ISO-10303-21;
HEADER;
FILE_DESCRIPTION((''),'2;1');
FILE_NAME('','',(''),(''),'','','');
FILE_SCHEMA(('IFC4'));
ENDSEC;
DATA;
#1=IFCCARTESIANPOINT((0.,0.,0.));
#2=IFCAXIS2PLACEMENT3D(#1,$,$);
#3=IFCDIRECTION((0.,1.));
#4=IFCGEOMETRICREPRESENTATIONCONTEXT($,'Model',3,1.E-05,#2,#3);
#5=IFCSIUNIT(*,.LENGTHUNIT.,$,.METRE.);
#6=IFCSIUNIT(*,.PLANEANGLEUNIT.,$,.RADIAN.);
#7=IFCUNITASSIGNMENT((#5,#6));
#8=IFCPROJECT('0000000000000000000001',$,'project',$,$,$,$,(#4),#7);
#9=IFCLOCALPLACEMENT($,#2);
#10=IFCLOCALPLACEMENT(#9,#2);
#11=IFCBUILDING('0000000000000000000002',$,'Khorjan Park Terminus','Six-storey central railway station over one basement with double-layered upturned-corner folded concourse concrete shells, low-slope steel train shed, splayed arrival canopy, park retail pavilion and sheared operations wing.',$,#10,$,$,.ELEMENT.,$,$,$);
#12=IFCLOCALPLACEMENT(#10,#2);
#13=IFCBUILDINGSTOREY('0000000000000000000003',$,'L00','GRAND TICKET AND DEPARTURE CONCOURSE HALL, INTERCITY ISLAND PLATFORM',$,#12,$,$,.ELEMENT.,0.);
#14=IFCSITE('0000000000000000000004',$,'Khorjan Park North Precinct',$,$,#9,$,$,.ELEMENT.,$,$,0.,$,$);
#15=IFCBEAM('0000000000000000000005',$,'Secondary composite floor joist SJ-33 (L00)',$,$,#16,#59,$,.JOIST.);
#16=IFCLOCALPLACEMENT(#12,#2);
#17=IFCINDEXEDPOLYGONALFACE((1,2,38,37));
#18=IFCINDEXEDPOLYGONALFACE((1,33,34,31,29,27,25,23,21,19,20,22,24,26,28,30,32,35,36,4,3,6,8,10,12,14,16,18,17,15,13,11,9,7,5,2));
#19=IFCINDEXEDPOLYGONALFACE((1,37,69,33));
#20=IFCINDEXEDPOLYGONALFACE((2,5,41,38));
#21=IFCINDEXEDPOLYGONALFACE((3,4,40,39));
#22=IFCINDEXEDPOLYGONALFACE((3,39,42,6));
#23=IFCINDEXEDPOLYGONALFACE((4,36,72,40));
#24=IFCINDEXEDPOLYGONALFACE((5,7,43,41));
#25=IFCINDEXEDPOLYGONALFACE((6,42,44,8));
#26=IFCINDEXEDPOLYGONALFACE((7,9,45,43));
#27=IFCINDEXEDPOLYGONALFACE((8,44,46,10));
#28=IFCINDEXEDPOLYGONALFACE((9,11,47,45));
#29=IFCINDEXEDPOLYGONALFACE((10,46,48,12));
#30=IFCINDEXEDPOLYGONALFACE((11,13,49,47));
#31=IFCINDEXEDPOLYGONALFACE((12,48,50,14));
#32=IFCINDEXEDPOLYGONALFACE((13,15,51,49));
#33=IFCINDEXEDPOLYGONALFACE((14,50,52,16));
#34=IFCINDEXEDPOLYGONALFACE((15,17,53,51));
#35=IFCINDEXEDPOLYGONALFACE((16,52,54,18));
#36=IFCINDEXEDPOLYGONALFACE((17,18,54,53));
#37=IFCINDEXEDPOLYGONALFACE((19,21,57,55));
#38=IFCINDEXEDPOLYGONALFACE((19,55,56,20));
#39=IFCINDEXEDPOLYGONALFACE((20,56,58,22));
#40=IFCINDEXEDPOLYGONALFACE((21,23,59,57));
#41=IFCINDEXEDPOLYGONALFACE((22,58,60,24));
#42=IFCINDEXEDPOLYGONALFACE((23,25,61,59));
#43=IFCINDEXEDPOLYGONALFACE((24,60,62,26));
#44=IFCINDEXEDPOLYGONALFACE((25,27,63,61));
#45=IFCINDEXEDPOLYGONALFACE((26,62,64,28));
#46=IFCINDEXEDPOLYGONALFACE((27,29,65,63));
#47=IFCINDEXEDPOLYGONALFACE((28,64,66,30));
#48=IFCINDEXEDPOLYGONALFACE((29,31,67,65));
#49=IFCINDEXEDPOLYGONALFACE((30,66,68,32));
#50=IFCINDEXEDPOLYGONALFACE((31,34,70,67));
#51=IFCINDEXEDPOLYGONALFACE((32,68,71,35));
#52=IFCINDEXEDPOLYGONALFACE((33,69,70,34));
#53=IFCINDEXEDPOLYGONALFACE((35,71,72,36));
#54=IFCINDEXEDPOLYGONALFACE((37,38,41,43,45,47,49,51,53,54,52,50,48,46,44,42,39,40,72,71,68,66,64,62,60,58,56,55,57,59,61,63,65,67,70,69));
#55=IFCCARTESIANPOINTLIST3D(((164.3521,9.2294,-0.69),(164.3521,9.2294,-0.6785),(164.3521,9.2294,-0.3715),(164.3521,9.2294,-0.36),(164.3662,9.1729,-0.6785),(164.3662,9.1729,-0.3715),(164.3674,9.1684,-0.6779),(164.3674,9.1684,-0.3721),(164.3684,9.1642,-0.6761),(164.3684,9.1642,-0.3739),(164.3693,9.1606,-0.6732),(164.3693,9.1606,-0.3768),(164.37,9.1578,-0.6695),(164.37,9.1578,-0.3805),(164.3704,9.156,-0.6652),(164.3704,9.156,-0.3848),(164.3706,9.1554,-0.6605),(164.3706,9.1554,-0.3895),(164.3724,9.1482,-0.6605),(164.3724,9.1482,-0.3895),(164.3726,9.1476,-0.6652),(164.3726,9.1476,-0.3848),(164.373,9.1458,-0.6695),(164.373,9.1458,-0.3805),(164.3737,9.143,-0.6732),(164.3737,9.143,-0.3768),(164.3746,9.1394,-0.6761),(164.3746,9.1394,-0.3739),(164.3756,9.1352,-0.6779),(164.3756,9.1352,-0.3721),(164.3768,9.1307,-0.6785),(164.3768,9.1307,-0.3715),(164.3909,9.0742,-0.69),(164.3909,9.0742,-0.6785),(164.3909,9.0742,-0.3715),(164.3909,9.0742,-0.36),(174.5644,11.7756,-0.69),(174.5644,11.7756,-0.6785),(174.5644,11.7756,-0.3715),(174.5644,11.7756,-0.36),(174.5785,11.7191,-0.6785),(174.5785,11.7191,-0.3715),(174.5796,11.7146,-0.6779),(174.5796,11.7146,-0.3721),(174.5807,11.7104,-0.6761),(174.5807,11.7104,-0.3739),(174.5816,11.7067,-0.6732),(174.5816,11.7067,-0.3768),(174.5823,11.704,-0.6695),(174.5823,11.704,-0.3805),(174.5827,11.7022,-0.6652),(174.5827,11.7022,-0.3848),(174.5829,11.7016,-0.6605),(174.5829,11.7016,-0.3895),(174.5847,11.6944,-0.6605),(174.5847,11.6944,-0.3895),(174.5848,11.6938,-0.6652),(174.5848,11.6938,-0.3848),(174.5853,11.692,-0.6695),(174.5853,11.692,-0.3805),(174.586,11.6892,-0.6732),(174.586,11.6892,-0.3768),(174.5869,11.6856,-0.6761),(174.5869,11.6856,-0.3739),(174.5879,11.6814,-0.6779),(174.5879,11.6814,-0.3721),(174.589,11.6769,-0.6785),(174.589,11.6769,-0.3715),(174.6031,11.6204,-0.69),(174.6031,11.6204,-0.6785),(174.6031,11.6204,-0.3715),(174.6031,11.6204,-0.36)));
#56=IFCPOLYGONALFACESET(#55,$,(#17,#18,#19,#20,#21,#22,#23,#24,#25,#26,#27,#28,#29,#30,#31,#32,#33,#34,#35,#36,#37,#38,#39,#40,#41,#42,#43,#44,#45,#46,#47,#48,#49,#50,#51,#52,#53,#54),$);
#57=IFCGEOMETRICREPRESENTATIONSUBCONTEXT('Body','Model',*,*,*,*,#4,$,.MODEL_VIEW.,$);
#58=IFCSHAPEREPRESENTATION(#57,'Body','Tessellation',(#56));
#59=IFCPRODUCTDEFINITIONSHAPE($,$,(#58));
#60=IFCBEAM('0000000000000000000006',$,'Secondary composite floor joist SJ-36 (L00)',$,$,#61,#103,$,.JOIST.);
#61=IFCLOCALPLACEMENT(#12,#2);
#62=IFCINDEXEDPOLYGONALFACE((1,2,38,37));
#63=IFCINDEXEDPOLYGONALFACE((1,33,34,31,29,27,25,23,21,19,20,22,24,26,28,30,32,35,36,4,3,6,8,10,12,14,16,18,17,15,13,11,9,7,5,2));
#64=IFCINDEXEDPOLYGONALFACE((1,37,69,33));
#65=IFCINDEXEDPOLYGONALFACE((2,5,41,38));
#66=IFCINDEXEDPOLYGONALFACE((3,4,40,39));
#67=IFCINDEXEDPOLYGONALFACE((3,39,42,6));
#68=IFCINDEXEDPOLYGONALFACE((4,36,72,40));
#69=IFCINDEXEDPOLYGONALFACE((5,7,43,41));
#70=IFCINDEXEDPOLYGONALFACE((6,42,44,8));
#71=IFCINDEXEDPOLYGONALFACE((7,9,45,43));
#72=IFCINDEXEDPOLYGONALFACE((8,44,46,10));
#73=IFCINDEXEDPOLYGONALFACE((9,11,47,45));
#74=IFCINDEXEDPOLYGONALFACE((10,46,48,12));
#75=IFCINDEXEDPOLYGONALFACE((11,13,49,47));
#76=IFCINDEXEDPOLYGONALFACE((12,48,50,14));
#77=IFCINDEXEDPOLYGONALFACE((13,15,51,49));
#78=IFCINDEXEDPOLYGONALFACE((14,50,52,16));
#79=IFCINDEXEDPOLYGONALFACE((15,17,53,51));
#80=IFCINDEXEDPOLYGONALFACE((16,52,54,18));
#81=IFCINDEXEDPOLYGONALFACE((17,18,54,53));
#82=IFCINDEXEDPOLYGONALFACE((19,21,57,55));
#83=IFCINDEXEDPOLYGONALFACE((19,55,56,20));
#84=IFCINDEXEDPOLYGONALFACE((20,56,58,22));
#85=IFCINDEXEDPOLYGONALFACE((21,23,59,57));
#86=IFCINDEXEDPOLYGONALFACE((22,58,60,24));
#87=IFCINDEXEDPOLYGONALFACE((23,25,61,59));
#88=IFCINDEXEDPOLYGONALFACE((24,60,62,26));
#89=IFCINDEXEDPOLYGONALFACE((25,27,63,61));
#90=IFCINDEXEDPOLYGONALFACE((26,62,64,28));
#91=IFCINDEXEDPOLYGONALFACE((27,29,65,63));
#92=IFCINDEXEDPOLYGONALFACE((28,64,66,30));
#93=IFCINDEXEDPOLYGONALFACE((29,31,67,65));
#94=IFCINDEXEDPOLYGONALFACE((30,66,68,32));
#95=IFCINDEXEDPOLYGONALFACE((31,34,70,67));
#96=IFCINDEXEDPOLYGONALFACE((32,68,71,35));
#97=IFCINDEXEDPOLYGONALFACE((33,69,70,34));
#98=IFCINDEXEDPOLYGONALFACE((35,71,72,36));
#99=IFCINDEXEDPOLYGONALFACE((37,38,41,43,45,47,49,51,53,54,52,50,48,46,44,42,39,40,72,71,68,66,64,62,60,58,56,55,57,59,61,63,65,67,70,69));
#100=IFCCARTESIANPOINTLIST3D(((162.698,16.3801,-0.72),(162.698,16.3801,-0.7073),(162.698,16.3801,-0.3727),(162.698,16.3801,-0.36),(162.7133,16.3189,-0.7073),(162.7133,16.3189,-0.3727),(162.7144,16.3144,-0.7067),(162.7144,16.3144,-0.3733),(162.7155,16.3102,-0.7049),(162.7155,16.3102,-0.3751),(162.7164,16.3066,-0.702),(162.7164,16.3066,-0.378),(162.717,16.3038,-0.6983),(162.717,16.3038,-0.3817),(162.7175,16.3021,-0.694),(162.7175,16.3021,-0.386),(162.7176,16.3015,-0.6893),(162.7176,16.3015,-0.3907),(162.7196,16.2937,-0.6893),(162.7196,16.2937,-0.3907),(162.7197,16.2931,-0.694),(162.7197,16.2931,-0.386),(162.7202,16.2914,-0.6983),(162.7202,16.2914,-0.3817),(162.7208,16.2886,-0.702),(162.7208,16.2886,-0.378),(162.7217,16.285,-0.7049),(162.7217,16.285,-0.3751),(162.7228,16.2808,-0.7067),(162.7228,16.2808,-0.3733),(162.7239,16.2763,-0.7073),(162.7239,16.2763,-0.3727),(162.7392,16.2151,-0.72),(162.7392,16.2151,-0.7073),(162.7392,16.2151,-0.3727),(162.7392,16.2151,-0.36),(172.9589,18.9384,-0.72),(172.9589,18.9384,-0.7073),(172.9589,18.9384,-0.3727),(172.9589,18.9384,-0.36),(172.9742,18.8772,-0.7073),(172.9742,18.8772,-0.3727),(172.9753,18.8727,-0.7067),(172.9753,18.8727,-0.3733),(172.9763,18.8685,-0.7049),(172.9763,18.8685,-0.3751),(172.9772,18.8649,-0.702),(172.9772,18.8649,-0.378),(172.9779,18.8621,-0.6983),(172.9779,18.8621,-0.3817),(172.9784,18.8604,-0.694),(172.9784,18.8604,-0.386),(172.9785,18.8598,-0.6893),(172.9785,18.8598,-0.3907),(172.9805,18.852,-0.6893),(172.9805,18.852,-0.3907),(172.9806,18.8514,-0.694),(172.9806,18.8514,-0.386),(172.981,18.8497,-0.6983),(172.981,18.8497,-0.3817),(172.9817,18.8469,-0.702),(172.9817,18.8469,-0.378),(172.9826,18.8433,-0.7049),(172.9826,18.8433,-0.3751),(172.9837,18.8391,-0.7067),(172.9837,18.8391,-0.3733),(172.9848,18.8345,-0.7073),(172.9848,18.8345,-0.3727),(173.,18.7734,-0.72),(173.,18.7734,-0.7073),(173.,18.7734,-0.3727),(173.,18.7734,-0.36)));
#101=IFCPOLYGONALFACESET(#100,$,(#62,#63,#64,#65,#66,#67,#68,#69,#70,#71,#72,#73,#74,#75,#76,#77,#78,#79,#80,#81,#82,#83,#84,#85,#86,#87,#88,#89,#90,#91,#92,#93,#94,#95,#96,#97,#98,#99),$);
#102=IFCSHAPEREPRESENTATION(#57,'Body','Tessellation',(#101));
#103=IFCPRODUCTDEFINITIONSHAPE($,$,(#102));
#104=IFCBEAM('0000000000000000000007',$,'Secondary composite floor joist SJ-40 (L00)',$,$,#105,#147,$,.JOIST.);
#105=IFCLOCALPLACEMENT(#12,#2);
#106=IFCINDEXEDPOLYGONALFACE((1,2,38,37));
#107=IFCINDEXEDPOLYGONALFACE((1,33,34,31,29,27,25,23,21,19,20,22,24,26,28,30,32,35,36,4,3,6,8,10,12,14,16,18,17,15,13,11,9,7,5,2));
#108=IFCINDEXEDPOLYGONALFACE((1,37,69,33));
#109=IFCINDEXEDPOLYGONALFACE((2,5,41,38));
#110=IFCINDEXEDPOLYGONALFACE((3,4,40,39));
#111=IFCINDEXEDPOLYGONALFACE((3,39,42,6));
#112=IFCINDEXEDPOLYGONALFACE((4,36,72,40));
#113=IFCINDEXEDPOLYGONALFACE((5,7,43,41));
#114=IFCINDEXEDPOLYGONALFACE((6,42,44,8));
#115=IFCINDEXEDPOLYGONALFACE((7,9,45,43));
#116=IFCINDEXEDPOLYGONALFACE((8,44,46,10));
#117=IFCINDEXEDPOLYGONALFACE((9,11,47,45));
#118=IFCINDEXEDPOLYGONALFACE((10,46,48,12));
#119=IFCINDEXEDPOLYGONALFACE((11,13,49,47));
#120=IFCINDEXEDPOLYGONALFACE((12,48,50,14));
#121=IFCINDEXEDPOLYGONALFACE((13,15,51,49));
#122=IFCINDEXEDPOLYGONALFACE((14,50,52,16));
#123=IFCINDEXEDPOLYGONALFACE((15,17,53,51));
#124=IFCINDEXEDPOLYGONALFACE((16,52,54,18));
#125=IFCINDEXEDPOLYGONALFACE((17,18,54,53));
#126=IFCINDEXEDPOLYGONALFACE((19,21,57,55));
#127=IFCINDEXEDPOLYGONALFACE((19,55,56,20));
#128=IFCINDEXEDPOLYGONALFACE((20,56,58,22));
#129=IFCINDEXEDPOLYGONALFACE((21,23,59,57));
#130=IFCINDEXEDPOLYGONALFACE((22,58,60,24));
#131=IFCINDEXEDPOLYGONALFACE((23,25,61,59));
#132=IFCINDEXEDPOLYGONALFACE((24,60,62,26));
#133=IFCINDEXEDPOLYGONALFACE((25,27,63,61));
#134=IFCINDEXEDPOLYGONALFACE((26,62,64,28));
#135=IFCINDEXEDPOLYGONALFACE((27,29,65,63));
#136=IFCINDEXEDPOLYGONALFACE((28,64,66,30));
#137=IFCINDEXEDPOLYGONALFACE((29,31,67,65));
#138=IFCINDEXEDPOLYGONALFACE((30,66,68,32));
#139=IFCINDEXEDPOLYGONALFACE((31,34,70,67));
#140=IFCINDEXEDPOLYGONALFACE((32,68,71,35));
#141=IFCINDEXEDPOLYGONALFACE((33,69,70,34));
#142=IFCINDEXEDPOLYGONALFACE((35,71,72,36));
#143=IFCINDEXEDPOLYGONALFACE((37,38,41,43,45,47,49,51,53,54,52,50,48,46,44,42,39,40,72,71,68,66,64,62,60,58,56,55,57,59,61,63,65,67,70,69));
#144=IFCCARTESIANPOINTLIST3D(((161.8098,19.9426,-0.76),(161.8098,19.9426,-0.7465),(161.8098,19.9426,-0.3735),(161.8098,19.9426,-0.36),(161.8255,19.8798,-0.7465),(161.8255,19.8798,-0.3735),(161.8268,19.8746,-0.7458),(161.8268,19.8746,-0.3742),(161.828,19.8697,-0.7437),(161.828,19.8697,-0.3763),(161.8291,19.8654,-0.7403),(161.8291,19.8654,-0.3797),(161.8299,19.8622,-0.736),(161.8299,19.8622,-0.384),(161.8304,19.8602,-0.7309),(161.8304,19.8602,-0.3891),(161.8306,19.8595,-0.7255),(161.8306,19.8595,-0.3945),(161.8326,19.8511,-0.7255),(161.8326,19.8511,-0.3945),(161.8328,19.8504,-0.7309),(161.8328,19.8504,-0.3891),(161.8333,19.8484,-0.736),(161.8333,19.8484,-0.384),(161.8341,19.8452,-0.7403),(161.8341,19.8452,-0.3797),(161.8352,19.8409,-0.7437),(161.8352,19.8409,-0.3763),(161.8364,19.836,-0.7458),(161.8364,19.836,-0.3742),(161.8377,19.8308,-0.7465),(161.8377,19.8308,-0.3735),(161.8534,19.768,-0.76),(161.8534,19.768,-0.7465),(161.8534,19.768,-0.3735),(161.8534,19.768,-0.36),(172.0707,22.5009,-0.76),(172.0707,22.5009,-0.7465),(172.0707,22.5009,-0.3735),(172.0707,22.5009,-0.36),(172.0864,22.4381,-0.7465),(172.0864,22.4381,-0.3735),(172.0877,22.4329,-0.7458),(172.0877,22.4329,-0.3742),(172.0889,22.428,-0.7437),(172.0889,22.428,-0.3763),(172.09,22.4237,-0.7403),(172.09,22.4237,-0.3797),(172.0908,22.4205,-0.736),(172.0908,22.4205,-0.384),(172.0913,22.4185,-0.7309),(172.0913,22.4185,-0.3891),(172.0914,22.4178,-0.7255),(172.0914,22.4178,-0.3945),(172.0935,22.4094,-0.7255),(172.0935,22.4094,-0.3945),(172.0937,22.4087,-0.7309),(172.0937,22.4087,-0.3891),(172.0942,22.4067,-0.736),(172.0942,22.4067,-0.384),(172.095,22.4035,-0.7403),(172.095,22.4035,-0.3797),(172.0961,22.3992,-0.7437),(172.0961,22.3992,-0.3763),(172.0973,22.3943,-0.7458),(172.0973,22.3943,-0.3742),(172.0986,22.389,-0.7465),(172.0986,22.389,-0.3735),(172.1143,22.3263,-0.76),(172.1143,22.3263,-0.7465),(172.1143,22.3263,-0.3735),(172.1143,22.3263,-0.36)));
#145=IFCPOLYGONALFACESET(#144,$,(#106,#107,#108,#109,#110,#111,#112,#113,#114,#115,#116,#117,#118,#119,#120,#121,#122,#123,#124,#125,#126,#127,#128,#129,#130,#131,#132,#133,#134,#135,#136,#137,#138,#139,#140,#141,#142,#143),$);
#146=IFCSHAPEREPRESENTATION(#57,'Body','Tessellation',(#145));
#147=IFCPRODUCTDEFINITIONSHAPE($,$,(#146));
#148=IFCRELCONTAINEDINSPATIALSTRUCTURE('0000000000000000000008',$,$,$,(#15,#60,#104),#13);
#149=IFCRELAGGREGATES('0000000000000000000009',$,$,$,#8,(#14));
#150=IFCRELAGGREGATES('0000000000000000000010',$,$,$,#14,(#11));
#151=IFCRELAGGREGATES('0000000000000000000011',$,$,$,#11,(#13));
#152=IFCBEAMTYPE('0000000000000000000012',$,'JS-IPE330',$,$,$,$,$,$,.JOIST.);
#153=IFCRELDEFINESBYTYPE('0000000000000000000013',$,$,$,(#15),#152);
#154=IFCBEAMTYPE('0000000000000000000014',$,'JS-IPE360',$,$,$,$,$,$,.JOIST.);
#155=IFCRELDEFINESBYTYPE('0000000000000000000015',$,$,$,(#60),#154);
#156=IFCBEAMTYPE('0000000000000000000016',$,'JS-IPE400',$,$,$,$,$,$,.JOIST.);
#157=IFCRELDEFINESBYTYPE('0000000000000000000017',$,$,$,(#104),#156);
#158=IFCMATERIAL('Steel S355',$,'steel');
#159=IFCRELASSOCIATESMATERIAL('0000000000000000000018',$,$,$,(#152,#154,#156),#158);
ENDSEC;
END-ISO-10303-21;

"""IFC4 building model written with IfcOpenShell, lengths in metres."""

from ifc_helpers import new_model, si_unit, direction, frame, origin, origin_2d, place, context, subcontext, project, spatial, i_section, extrude, material, material_profile, profile_set, type_object, element, save


model = new_model("IFC4")

# Units and contexts
model_context = context("Model", 3, precision=1e-05, world=origin(), true_north=direction((0.0, 1.0)))
body_context = subcontext(model_context, "Body", "Model", "MODEL_VIEW")
ifc_project = project(units=[si_unit("LENGTHUNIT", "METRE"), si_unit("PLANEANGLEUNIT", "RADIAN")], contexts=[model_context])

# Site, building, storey
site_placement = place(None, origin())
site = spatial("IfcSite", under=ifc_project, at=site_placement, Name="Khorjan Park North Precinct", CompositionType="ELEMENT", RefElevation=0.0)
building_placement = place(site_placement, origin())
building = spatial("IfcBuilding", under=site, at=building_placement, Name="Khorjan Park Terminus", Description="Six-storey central railway station over one basement with double-layered upturned-corner folded concourse concrete shells, low-slope steel train shed, splayed arrival canopy, park retail pavilion and sheared operations wing.", CompositionType="ELEMENT")
storey_placement = place(building_placement, origin())
storey = spatial("IfcBuildingStorey", under=building, at=storey_placement, Name="L00", Description="GRAND TICKET AND DEPARTURE CONCOURSE HALL, INTERCITY ISLAND PLATFORM", CompositionType="ELEMENT", Elevation=0.0)

# Beams
ifc_material_1 = material(Name="Steel S355", Category="steel")
ifc_material_profile_1 = material_profile(ifc_material_1, i_section(OverallWidth=0.16, OverallDepth=0.33, WebThickness=0.0075, FlangeThickness=0.0115, FilletRadius=0.018, at=origin_2d()), Name="IPE 330")
ifc_profile_set_1 = profile_set([ifc_material_profile_1], Name="Steel S355")
beam_type_1 = type_object("IfcBeamType", Name="JS-IPE330", PredefinedType="JOIST", material=ifc_profile_set_1)
beam_1_placement = place(storey_placement, frame((164.3715, 9.1518, -0.525), z_axis=(0.970296, 0.241921, 0.0), x_axis=(-0.241921, 0.970296, 0.0)))
element("IfcBeam", 1, at=beam_1_placement, inside=storey, type_object=beam_type_1, Name="Secondary composite floor joist SJ-33 (L00)", PredefinedType="JOIST", context=body_context, shape_type="SweptSolid", body=[
    extrude(i_section(OverallWidth=0.16, OverallDepth=0.33, WebThickness=0.0075, FlangeThickness=0.0115, FilletRadius=0.018, at=origin_2d()), origin(), (0.0, 0.0, 1.0), 10.5249),
])
ifc_material_profile_2 = material_profile(ifc_material_1, i_section(OverallWidth=0.17, OverallDepth=0.36, WebThickness=0.008, FlangeThickness=0.0127, FilletRadius=0.018, at=origin_2d()), Name="IPE 360")
ifc_profile_set_2 = profile_set([ifc_material_profile_2], Name="Steel S355")
beam_type_2 = type_object("IfcBeamType", Name="JS-IPE360", PredefinedType="JOIST", material=ifc_profile_set_2)
beam_2_placement = place(storey_placement, frame((162.7186, 16.2976, -0.54), z_axis=(0.970296, 0.241919, 0.0), x_axis=(-0.241919, 0.970296, 0.0)))
element("IfcBeam", 2, at=beam_2_placement, inside=storey, type_object=beam_type_2, Name="Secondary composite floor joist SJ-36 (L00)", PredefinedType="JOIST", context=body_context, shape_type="SweptSolid", body=[
    extrude(i_section(OverallWidth=0.17, OverallDepth=0.36, WebThickness=0.008, FlangeThickness=0.0127, FilletRadius=0.018, at=origin_2d()), origin(), (0.0, 0.0, 1.0), 10.575),
])
ifc_material_profile_3 = material_profile(ifc_material_1, i_section(OverallWidth=0.18, OverallDepth=0.4, WebThickness=0.0086, FlangeThickness=0.0135, FilletRadius=0.021, at=origin_2d()), Name="IPE 400")
ifc_profile_set_3 = profile_set([ifc_material_profile_3], Name="Steel S355")
beam_type_3 = type_object("IfcBeamType", Name="JS-IPE400", PredefinedType="JOIST", material=ifc_profile_set_3)
beam_3_placement = place(storey_placement, frame((161.8316, 19.8553, -0.56), z_axis=(0.970296, 0.241919, 0.0), x_axis=(-0.241919, 0.970296, 0.0)))
element("IfcBeam", 3, at=beam_3_placement, inside=storey, type_object=beam_type_3, Name="Secondary composite floor joist SJ-40 (L00)", PredefinedType="JOIST", context=body_context, shape_type="SweptSolid", body=[
    extrude(i_section(OverallWidth=0.18, OverallDepth=0.4, WebThickness=0.0086, FlangeThickness=0.0135, FilletRadius=0.021, at=origin_2d()), origin(), (0.0, 0.0, 1.0), 10.575),
])

save(model, "model.ifc")
